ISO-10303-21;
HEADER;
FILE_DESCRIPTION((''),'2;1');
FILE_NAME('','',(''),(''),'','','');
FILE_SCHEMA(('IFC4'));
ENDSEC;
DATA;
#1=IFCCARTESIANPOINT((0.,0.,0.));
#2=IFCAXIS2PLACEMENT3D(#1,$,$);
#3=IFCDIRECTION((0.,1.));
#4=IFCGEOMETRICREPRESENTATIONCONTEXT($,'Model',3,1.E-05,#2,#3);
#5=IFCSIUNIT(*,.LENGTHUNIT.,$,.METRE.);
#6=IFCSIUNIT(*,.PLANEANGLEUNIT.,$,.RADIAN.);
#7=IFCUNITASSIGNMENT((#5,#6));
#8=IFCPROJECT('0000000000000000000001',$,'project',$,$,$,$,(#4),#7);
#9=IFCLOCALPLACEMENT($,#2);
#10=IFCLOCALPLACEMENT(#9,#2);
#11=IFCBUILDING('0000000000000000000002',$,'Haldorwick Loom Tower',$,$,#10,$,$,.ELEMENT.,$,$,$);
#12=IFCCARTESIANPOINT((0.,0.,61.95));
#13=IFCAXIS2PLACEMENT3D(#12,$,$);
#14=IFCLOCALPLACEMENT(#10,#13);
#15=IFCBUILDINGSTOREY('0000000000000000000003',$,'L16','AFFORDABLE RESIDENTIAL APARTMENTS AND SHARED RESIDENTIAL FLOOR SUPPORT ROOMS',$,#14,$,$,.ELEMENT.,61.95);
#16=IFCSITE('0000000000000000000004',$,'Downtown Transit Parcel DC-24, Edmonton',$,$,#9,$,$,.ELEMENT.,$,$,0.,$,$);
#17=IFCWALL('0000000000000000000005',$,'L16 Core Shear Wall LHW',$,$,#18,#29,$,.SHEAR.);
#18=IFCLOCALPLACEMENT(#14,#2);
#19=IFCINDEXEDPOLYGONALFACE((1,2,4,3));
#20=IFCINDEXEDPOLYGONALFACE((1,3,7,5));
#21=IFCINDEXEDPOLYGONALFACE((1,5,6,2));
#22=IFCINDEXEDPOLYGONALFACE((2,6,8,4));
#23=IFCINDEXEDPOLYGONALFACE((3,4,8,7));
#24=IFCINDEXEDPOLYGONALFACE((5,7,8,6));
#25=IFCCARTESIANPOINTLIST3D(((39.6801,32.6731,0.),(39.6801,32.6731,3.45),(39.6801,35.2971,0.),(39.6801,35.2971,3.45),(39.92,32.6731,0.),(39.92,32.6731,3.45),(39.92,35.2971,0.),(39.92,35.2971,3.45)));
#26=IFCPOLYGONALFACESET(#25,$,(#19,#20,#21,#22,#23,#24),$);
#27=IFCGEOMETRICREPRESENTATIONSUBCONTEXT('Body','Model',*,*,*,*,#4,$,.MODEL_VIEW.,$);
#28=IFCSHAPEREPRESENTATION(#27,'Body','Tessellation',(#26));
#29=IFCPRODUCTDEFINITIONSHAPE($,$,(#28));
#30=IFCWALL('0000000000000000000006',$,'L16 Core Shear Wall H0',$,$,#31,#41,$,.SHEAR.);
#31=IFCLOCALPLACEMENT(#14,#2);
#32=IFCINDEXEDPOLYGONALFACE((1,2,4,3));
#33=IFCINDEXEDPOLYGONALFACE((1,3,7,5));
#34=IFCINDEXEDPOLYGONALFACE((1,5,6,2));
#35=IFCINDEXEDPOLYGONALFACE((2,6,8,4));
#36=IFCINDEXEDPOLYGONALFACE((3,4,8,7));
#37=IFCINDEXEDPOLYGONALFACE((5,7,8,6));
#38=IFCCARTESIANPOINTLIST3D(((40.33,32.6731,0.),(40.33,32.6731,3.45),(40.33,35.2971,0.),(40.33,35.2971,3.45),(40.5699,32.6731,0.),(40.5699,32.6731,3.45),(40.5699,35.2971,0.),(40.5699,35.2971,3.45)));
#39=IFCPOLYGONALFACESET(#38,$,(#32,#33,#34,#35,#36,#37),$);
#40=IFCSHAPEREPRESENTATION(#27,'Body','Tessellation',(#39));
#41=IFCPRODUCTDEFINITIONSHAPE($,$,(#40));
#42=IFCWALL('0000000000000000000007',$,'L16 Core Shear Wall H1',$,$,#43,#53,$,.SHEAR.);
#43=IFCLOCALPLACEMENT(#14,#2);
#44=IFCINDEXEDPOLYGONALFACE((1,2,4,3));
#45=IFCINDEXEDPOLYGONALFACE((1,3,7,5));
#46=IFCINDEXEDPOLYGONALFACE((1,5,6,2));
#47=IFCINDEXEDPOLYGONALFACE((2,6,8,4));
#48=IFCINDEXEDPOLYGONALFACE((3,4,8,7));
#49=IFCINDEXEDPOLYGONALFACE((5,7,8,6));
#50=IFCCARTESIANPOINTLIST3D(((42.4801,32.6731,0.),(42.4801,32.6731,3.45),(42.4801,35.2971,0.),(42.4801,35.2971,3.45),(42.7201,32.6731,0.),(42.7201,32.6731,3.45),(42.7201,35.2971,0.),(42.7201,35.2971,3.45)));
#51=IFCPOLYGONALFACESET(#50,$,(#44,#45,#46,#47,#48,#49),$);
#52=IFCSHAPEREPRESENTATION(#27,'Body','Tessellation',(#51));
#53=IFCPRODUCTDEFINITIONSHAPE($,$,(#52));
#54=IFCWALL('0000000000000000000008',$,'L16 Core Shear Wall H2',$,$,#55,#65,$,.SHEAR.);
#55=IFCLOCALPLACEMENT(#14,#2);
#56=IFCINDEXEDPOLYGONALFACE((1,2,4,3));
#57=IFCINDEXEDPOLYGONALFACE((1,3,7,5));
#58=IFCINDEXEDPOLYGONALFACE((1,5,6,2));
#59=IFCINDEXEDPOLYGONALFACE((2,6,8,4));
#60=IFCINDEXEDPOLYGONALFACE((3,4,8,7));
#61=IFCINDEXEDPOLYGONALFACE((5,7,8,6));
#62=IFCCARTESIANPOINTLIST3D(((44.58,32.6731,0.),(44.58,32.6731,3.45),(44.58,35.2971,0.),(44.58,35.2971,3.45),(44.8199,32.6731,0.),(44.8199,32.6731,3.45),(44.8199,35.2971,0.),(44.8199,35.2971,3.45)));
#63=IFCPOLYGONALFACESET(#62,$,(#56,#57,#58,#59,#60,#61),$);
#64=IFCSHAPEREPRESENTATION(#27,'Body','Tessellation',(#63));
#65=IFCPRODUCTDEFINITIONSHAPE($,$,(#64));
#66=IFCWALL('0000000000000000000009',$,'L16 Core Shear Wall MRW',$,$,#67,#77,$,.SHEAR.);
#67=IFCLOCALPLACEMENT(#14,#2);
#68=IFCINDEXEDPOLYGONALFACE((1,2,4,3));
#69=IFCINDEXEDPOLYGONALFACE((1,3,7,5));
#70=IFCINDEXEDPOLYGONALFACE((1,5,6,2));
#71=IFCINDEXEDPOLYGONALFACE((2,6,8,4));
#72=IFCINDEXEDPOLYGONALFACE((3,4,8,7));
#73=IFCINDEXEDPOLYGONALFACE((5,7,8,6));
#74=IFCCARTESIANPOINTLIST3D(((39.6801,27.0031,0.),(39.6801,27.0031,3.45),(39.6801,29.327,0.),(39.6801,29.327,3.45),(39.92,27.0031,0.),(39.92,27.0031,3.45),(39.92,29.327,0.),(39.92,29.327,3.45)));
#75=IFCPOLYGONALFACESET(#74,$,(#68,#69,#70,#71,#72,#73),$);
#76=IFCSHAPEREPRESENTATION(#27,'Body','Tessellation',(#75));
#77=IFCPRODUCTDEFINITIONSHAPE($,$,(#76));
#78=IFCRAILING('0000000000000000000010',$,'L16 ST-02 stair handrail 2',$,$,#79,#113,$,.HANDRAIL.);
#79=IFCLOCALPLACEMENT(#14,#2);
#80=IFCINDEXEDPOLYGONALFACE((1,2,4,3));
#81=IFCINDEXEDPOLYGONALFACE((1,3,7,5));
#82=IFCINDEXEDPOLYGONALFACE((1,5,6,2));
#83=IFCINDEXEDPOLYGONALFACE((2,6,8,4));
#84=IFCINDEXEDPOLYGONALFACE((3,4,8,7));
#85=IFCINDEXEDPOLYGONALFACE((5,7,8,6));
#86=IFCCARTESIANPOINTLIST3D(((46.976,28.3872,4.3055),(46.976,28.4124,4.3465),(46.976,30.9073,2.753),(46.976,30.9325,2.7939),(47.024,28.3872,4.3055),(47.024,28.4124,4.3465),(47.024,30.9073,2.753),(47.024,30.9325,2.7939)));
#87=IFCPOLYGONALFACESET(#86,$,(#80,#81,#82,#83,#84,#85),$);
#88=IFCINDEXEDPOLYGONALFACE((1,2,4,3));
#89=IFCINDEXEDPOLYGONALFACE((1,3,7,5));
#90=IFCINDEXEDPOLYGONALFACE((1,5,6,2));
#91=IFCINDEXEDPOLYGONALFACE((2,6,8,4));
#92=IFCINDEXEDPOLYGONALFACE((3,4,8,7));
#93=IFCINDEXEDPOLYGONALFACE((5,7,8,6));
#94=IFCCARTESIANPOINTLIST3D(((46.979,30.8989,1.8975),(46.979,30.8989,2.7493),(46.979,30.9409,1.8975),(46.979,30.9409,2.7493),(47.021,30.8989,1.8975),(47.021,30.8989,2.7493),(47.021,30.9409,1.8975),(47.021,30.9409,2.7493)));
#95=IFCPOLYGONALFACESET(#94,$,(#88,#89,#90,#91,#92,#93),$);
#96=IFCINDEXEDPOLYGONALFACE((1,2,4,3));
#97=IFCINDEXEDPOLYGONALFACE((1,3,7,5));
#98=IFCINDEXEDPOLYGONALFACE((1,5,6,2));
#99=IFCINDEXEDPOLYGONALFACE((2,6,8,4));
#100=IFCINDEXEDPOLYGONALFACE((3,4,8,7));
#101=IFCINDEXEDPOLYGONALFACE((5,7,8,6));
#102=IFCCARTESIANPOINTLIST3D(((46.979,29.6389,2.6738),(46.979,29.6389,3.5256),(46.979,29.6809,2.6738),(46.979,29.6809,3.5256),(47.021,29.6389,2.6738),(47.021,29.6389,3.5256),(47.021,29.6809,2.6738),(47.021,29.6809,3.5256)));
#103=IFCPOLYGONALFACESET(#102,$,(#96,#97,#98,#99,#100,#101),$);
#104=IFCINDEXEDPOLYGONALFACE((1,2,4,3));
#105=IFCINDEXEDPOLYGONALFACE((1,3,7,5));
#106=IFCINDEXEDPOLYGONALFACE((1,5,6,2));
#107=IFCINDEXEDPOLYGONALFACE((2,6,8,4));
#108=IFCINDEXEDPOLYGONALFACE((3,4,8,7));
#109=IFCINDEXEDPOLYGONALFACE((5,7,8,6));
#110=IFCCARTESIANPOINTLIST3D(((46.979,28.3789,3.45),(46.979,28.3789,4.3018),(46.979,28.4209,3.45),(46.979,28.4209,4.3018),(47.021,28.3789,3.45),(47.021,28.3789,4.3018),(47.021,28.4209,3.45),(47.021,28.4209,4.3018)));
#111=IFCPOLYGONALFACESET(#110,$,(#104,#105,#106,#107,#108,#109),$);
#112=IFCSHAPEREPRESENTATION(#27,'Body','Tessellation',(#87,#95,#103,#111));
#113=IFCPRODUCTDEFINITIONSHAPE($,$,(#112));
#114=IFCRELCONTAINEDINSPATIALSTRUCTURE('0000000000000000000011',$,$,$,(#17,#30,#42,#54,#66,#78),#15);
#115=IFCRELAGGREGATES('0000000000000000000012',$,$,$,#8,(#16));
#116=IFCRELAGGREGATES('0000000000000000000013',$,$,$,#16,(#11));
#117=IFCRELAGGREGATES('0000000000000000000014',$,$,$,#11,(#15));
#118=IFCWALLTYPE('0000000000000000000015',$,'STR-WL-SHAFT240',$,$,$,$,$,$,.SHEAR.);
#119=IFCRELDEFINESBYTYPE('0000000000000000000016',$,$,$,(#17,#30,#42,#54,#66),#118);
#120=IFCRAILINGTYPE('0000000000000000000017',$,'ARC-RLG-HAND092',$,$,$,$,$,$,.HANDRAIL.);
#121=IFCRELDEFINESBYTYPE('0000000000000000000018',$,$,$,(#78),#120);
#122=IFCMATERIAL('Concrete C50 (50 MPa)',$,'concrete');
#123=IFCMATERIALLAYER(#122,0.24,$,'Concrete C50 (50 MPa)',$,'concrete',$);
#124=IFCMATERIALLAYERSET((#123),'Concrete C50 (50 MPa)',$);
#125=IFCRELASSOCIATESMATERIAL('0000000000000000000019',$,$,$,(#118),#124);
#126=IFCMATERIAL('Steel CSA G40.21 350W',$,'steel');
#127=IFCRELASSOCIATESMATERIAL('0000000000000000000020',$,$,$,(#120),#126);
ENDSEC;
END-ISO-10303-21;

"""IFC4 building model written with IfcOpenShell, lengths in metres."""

from ifc_helpers import new_model, si_unit, direction, frame, frame_2d, origin, origin_2d, place, context, subcontext, project, spatial, rectangle, extrude, material, layer, layer_set, type_object, element, save


model = new_model("IFC4")

# Units and contexts
model_context = context("Model", 3, precision=1e-05, world=origin(), true_north=direction((0.0, 1.0)))
body_context = subcontext(model_context, "Body", "Model", "MODEL_VIEW")
ifc_project = project(units=[si_unit("LENGTHUNIT", "METRE"), si_unit("PLANEANGLEUNIT", "RADIAN")], contexts=[model_context])

# Site, building, storey
site_placement = place(None, origin())
site = spatial("IfcSite", under=ifc_project, at=site_placement, Name="Downtown Transit Parcel DC-24, Edmonton", CompositionType="ELEMENT", RefElevation=0.0)
building_placement = place(site_placement, origin())
building = spatial("IfcBuilding", under=site, at=building_placement, Name="Haldorwick Loom Tower", CompositionType="ELEMENT")
storey_placement = place(building_placement, frame((0.0, 0.0, 61.95)))
storey = spatial("IfcBuildingStorey", under=building, at=storey_placement, Name="L16", Description="AFFORDABLE RESIDENTIAL APARTMENTS AND SHARED RESIDENTIAL FLOOR SUPPORT ROOMS", CompositionType="ELEMENT", Elevation=61.95)

# Shared definitions
ifc_material_1 = material(Name="Steel CSA G40.21 350W", Category="steel")

# Shared definitions
ifc_material_2 = material(Name="Concrete C50 (50 MPa)", Category="concrete")
ifc_layer_1 = layer(ifc_material_2, 0.24, Name="Concrete C50 (50 MPa)", Category="concrete")
ifc_layer_set_1 = layer_set([ifc_layer_1], Name="Concrete C50 (50 MPa)")
wall_type_1 = type_object("IfcWallType", Name="STR-WL-SHAFT240", PredefinedType="SHEAR", material=ifc_layer_set_1)

# Walls
for number, where, z_axis, x_axis, name in (
    (1, (39.8, 32.6731, 0.0), (0.0, 0.0, 1.0), (0.0, 1.0, 0.0), "L16 Core Shear Wall LHW"),
    (2, (40.45, 32.6731, 0.0), (0.0, 0.0, 1.0), (0.0, 1.0, 0.0), "L16 Core Shear Wall H0"),
    (3, (42.6001, 32.6731, 0.0), (0.0, 0.0, 1.0), (0.0, 1.0, 0.0), "L16 Core Shear Wall H1"),
    (4, (44.7, 32.6731, 0.0), (0.0, 0.0, 1.0), (0.0, 1.0, 0.0), "L16 Core Shear Wall H2"),
):
    element("IfcWall", number, at=place(storey_placement, frame(where, z_axis=z_axis, x_axis=x_axis)), inside=storey, type_object=wall_type_1, Name=name, PredefinedType="SHEAR", context=body_context, shape_type="SweptSolid", body=[
        extrude(rectangle(XDim=2.624, YDim=0.24, at=frame_2d((1.312, 0.0))), origin(), (0.0, 0.0, 1.0), 3.45),
    ])
wall_1_placement = place(storey_placement, frame((39.8, 27.0029, 0.0), z_axis=(0.0, 0.0, 1.0), x_axis=(0.0, 1.0, 0.0)))
element("IfcWall", 5, at=wall_1_placement, inside=storey, type_object=wall_type_1, Name="L16 Core Shear Wall MRW", PredefinedType="SHEAR", context=body_context, shape_type="SweptSolid", body=[
    extrude(rectangle(XDim=2.324, YDim=0.24, at=frame_2d((1.1621, 0.0))), origin(), (0.0, 0.0, 1.0), 3.45),
])

# Railing
railing_type = type_object("IfcRailingType", Name="ARC-RLG-HAND092", PredefinedType="HANDRAIL", material=ifc_material_1)
railing_placement = place(storey_placement, frame((47.0, 30.9199, 1.8975)))
element("IfcRailing", 6, at=railing_placement, inside=storey, type_object=railing_type, Name="L16 ST-02 stair handrail 2", PredefinedType="HANDRAIL", context=body_context, shape_type="SweptSolid", body=[
    extrude(rectangle(XDim=0.0481, YDim=0.0481, at=origin_2d()), frame((0.0, 0.0, 0.876), z_axis=(0.0, -0.8514, 0.524516), x_axis=(1.0, 0.0, 0.0)), (0.0, 0.0, 1.0), 2.96),
    extrude(rectangle(XDim=0.042, YDim=0.042, at=origin_2d()), origin(), (0.0, 0.0, 1.0), 0.8518),
    extrude(rectangle(XDim=0.042, YDim=0.042, at=origin_2d()), frame((0.0, -1.26, 0.7764)), (0.0, 0.0, 1.0), 0.8518),
    extrude(rectangle(XDim=0.042, YDim=0.042, at=origin_2d()), frame((0.0, -2.52, 1.5525)), (0.0, 0.0, 1.0), 0.8518),
])

save(model, "model.ifc")
